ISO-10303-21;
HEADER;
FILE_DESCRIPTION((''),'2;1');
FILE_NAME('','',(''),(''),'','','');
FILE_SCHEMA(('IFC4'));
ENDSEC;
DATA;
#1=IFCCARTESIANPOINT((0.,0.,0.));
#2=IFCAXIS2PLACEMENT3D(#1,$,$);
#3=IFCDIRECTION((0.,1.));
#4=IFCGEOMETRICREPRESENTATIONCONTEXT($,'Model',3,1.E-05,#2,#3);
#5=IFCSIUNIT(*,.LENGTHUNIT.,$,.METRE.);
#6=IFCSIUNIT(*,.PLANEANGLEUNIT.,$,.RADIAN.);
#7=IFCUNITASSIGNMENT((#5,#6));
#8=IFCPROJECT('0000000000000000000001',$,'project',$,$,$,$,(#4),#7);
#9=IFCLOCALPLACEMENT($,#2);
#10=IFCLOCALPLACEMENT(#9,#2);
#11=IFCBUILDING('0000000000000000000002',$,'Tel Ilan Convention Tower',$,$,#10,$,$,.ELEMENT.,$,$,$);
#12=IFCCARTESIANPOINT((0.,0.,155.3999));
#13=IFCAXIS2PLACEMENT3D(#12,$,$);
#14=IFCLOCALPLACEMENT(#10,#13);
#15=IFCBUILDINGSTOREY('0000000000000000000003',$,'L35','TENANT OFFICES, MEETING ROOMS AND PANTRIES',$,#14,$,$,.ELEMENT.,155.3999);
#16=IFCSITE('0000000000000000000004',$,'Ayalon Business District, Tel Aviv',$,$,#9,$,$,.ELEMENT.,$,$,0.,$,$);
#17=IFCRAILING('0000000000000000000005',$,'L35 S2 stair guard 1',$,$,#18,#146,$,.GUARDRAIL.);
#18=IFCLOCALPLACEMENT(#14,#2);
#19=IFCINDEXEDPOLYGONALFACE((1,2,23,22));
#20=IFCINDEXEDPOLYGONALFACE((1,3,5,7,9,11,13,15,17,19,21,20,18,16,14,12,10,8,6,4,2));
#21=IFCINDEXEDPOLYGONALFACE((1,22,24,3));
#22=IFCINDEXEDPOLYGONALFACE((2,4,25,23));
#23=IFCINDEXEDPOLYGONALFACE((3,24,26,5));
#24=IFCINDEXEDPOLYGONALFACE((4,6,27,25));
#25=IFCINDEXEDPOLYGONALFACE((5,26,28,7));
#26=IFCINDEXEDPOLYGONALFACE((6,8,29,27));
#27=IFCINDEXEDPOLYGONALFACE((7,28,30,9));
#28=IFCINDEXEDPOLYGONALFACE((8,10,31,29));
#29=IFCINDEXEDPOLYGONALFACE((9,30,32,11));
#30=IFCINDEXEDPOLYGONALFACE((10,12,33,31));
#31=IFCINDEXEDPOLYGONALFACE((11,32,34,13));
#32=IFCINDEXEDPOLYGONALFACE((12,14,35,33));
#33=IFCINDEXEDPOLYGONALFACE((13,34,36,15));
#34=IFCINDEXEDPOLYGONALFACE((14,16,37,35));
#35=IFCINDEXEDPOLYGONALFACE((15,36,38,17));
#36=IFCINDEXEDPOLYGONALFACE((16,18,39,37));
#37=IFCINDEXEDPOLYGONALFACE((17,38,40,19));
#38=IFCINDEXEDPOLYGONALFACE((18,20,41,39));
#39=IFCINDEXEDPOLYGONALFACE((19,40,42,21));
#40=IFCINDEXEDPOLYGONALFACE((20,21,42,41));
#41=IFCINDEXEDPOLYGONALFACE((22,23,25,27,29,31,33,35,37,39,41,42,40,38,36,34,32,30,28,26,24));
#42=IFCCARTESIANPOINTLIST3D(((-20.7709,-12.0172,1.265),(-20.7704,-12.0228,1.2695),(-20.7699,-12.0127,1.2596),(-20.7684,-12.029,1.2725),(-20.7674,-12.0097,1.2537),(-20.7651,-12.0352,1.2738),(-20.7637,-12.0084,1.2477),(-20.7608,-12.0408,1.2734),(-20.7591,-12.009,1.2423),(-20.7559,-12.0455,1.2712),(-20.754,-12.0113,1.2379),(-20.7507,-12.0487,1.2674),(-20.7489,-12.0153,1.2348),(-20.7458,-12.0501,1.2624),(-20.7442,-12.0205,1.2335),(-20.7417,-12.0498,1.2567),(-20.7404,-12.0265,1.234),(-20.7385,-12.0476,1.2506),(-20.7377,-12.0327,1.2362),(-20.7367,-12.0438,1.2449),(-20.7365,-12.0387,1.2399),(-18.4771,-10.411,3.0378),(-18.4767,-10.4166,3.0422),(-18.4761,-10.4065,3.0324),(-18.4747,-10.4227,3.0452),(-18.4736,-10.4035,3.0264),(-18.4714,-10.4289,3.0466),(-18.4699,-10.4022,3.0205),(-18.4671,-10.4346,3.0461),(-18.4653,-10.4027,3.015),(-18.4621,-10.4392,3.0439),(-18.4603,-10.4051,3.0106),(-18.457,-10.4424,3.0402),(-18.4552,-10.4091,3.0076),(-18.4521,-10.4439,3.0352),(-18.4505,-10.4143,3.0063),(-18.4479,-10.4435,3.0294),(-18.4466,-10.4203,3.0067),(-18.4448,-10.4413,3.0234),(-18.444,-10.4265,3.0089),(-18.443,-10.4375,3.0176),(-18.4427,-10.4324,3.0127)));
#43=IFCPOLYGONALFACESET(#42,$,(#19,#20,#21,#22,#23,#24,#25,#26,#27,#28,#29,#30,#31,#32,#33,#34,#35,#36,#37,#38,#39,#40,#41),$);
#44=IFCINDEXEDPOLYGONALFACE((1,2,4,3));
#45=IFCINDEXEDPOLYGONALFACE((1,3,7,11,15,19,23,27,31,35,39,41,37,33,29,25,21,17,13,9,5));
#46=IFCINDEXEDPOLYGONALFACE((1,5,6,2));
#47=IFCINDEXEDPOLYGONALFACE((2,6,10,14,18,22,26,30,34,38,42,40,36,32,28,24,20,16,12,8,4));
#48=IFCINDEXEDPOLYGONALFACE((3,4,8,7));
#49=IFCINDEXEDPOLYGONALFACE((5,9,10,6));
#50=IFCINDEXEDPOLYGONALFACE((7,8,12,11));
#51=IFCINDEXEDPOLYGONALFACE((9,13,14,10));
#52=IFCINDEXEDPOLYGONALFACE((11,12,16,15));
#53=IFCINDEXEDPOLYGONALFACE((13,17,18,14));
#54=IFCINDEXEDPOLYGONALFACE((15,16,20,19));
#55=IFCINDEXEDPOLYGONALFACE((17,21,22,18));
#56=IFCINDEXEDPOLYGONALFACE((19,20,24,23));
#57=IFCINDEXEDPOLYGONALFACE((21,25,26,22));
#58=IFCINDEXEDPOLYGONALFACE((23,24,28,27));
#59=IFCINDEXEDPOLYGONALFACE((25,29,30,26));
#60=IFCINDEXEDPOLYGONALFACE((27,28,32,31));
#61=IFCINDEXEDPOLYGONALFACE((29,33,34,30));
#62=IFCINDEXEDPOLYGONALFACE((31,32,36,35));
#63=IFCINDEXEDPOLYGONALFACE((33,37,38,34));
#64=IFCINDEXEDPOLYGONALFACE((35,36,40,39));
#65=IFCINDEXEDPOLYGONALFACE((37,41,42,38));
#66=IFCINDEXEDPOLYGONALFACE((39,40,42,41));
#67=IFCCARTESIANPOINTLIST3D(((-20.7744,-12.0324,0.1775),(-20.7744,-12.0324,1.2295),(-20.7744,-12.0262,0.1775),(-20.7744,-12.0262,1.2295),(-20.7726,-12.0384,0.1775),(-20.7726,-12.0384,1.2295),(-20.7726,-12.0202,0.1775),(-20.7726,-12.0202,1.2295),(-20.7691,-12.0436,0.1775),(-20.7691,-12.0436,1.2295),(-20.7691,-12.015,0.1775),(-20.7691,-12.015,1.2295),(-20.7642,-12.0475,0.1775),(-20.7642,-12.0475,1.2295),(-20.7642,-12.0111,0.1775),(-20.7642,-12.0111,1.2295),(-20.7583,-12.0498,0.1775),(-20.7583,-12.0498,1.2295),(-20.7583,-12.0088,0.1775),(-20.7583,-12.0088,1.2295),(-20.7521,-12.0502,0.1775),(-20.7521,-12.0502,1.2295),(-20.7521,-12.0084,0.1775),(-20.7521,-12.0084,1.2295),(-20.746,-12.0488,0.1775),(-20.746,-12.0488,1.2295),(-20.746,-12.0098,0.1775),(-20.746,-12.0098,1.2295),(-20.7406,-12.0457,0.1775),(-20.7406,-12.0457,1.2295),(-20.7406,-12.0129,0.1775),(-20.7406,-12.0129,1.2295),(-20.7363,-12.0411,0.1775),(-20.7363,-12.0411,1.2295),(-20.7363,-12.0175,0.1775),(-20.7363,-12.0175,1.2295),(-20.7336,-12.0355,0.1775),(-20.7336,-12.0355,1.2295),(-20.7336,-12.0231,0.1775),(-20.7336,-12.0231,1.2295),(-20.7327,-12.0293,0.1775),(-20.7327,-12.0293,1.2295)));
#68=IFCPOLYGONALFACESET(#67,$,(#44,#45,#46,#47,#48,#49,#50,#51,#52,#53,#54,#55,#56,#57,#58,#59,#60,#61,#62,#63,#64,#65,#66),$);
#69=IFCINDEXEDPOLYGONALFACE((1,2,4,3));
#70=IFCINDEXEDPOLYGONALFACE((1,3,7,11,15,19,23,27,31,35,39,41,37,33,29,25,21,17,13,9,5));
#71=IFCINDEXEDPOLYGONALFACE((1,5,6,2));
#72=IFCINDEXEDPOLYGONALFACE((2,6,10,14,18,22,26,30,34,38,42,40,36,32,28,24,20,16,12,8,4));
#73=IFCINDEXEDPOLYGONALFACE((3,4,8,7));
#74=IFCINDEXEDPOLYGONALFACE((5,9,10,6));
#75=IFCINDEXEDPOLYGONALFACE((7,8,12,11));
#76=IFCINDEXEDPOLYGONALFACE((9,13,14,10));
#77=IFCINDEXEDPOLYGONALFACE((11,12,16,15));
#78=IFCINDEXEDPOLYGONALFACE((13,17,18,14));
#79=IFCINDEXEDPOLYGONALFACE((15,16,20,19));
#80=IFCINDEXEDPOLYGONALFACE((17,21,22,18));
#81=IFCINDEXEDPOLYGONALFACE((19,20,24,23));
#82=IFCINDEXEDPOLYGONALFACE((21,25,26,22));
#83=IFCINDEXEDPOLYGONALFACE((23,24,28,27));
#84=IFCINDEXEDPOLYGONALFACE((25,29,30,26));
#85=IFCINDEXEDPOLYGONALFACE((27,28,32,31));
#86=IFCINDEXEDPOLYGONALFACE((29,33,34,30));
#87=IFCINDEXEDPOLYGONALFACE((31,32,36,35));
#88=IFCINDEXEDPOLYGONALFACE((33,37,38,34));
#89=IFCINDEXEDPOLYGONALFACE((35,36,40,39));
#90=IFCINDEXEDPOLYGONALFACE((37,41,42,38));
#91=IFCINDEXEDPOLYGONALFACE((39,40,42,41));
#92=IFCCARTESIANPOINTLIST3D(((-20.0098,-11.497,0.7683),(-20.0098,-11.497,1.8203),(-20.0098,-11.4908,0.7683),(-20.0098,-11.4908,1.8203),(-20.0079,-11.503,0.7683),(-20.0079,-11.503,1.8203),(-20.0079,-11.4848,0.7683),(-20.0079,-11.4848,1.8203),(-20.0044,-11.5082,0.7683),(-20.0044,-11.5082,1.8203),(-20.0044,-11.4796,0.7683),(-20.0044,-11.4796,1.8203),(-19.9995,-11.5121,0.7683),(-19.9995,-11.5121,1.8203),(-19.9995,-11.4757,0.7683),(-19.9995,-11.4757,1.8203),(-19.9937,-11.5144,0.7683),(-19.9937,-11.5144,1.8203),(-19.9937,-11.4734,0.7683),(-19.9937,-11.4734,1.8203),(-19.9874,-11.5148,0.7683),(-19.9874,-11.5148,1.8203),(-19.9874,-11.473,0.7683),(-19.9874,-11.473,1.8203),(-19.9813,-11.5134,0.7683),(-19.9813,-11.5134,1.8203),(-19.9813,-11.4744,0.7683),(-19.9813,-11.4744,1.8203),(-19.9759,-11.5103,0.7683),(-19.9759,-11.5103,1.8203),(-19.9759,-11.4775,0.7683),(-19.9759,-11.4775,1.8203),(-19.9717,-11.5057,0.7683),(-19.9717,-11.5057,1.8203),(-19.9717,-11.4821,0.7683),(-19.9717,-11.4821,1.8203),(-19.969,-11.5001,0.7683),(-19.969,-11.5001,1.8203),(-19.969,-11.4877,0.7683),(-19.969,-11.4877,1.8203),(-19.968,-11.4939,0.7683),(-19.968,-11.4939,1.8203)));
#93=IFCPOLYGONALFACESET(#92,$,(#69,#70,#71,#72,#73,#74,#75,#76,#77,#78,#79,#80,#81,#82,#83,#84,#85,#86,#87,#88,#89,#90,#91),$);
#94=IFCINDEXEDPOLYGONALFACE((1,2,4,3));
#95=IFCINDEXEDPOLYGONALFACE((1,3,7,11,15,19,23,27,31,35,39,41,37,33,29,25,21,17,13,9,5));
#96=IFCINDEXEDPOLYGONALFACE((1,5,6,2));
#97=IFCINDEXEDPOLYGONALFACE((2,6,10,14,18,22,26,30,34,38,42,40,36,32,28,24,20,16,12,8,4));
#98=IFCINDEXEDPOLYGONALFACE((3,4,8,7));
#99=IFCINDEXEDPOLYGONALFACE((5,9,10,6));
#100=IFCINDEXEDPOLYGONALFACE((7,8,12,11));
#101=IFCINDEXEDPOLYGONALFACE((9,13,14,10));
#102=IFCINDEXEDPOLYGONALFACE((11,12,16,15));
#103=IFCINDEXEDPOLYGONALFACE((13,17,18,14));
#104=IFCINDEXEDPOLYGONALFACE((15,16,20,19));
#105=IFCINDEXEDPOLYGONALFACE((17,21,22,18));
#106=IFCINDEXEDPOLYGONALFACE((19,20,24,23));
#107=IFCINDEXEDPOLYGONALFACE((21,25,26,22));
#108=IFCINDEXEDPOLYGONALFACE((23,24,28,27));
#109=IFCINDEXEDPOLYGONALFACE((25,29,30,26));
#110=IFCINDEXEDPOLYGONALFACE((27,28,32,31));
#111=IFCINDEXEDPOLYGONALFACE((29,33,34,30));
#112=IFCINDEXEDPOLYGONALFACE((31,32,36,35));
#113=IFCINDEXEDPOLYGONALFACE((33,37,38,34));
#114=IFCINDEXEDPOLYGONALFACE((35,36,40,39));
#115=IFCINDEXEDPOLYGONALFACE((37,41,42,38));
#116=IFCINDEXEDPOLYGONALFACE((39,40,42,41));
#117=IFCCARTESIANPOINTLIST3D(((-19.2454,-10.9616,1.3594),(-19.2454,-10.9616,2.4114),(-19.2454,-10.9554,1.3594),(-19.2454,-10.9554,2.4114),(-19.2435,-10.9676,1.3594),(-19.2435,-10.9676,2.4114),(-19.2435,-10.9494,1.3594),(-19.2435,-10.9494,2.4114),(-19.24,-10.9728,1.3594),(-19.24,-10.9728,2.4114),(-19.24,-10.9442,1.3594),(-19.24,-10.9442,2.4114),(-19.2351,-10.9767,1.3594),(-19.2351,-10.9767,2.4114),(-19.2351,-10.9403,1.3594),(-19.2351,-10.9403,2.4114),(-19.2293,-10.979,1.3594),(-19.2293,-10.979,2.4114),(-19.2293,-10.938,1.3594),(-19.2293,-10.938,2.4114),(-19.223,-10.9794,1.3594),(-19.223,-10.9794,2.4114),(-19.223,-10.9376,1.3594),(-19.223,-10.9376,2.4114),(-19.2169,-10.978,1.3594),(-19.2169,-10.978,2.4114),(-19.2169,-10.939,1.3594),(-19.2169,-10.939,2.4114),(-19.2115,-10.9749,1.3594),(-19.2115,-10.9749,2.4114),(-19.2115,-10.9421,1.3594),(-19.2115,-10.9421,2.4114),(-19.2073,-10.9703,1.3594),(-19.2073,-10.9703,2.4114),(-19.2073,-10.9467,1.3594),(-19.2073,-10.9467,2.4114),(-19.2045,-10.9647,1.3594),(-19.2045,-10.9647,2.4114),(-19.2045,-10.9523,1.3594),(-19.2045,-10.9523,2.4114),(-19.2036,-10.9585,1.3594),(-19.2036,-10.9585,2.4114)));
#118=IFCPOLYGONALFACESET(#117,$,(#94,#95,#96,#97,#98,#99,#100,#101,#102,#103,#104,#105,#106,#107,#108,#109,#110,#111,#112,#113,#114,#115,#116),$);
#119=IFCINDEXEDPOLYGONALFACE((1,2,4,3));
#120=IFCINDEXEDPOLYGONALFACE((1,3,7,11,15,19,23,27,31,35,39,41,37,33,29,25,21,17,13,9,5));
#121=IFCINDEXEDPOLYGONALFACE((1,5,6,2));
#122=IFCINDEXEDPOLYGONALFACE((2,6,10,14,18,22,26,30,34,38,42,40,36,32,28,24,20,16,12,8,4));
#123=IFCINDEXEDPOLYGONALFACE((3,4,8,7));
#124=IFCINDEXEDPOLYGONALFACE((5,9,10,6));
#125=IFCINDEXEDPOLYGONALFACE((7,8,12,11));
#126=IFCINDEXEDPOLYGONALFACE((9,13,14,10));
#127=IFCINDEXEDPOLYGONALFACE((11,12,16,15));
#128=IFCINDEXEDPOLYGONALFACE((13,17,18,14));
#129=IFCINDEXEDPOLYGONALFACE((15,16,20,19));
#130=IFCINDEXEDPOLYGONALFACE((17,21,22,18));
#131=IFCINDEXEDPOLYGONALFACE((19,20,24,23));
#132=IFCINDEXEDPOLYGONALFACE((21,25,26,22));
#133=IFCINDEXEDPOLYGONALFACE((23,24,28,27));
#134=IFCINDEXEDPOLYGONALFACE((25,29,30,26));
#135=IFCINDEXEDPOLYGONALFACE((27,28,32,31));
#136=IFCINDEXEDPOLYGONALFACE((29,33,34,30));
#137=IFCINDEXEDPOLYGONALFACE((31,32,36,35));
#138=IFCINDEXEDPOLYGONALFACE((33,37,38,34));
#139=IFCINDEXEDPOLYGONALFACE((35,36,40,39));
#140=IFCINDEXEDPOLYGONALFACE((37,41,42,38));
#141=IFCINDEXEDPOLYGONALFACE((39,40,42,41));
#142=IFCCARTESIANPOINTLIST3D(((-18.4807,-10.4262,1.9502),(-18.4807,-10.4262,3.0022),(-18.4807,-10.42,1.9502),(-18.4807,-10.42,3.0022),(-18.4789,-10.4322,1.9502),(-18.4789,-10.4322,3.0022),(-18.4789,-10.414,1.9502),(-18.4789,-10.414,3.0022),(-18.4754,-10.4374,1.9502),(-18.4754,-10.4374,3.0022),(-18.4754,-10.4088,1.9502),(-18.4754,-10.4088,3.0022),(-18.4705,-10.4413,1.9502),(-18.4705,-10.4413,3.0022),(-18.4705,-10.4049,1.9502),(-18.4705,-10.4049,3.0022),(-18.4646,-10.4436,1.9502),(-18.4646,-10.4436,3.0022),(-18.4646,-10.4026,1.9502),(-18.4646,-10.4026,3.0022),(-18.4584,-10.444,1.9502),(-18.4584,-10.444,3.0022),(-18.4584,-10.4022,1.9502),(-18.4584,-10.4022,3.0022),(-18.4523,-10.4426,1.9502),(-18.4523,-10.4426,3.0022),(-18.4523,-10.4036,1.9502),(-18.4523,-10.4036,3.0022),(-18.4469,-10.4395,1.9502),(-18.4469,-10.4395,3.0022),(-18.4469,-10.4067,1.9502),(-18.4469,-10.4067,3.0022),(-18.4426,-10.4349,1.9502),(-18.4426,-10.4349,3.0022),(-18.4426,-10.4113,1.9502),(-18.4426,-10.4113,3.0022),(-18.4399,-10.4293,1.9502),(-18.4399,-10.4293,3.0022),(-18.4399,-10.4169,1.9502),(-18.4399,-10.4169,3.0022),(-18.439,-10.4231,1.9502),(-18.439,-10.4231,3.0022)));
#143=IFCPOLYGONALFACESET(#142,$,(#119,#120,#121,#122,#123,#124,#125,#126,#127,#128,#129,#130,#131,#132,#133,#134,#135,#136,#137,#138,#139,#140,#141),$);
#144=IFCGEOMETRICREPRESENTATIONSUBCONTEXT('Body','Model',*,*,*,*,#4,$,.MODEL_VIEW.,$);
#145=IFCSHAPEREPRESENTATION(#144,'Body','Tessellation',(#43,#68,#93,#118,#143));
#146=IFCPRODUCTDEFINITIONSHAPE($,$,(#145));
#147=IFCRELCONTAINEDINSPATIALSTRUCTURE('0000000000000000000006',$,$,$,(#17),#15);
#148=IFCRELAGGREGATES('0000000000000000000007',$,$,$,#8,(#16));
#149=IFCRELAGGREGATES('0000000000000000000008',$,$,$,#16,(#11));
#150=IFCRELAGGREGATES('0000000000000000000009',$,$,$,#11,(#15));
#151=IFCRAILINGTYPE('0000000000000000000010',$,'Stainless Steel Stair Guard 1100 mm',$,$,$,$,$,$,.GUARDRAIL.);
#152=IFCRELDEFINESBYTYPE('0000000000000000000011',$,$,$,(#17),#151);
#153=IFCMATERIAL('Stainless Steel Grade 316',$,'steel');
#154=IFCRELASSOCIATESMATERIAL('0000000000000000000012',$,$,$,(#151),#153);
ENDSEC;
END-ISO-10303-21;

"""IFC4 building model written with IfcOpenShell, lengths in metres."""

from ifc_helpers import new_model, si_unit, direction, frame, origin, origin_2d, place, context, subcontext, project, spatial, circle, extrude, material, type_object, element, save


model = new_model("IFC4")

# Units and contexts
model_context = context("Model", 3, precision=1e-05, world=origin(), true_north=direction((0.0, 1.0)))
body_context = subcontext(model_context, "Body", "Model", "MODEL_VIEW")
ifc_project = project(units=[si_unit("LENGTHUNIT", "METRE"), si_unit("PLANEANGLEUNIT", "RADIAN")], contexts=[model_context])

# Site, building, storey
site_placement = place(None, origin())
site = spatial("IfcSite", under=ifc_project, at=site_placement, Name="Ayalon Business District, Tel Aviv", CompositionType="ELEMENT", RefElevation=0.0)
building_placement = place(site_placement, origin())
building = spatial("IfcBuilding", under=site, at=building_placement, Name="Tel Ilan Convention Tower", CompositionType="ELEMENT")
storey_placement = place(building_placement, frame((0.0, 0.0, 155.3999)))
storey = spatial("IfcBuildingStorey", under=building, at=storey_placement, Name="L35", Description="TENANT OFFICES, MEETING ROOMS AND PANTRIES", CompositionType="ELEMENT", Elevation=155.3999)

# Railing
ifc_material_1 = material(Name="Stainless Steel Grade 316", Category="steel")
railing_type_1 = type_object("IfcRailingType", Name="Stainless Steel Stair Guard 1100 mm", PredefinedType="GUARDRAIL", material=ifc_material_1)
railing_1_placement = place(storey_placement, frame((-20.7537, -12.0293, 0.1775)))
element("IfcRailing", 1, at=railing_1_placement, inside=storey, type_object=railing_type_1, Name="L35 S2 stair guard 1", PredefinedType="GUARDRAIL", context=body_context, shape_type="SweptSolid", body=[
    extrude(circle(Radius=0.0239, at=origin_2d()), frame((0.0, 0.0, 1.0762), z_axis=(0.692098, 0.484653, 0.534894), x_axis=(-0.573609, 0.81913, 0.0)), (0.0, 0.0, 1.0), 3.3142),
    extrude(circle(Radius=0.021, at=origin_2d()), origin(), (0.0, 0.0, 1.0), 1.052),
    extrude(circle(Radius=0.021, at=origin_2d()), frame((0.7646, 0.5354, 0.5908)), (0.0, 0.0, 1.0), 1.052),
    extrude(circle(Radius=0.021, at=origin_2d()), frame((1.5291, 1.0708, 1.1819)), (0.0, 0.0, 1.0), 1.052),
    extrude(circle(Radius=0.021, at=origin_2d()), frame((2.2937, 1.6062, 1.7727)), (0.0, 0.0, 1.0), 1.052),
])

save(model, "model.ifc")
